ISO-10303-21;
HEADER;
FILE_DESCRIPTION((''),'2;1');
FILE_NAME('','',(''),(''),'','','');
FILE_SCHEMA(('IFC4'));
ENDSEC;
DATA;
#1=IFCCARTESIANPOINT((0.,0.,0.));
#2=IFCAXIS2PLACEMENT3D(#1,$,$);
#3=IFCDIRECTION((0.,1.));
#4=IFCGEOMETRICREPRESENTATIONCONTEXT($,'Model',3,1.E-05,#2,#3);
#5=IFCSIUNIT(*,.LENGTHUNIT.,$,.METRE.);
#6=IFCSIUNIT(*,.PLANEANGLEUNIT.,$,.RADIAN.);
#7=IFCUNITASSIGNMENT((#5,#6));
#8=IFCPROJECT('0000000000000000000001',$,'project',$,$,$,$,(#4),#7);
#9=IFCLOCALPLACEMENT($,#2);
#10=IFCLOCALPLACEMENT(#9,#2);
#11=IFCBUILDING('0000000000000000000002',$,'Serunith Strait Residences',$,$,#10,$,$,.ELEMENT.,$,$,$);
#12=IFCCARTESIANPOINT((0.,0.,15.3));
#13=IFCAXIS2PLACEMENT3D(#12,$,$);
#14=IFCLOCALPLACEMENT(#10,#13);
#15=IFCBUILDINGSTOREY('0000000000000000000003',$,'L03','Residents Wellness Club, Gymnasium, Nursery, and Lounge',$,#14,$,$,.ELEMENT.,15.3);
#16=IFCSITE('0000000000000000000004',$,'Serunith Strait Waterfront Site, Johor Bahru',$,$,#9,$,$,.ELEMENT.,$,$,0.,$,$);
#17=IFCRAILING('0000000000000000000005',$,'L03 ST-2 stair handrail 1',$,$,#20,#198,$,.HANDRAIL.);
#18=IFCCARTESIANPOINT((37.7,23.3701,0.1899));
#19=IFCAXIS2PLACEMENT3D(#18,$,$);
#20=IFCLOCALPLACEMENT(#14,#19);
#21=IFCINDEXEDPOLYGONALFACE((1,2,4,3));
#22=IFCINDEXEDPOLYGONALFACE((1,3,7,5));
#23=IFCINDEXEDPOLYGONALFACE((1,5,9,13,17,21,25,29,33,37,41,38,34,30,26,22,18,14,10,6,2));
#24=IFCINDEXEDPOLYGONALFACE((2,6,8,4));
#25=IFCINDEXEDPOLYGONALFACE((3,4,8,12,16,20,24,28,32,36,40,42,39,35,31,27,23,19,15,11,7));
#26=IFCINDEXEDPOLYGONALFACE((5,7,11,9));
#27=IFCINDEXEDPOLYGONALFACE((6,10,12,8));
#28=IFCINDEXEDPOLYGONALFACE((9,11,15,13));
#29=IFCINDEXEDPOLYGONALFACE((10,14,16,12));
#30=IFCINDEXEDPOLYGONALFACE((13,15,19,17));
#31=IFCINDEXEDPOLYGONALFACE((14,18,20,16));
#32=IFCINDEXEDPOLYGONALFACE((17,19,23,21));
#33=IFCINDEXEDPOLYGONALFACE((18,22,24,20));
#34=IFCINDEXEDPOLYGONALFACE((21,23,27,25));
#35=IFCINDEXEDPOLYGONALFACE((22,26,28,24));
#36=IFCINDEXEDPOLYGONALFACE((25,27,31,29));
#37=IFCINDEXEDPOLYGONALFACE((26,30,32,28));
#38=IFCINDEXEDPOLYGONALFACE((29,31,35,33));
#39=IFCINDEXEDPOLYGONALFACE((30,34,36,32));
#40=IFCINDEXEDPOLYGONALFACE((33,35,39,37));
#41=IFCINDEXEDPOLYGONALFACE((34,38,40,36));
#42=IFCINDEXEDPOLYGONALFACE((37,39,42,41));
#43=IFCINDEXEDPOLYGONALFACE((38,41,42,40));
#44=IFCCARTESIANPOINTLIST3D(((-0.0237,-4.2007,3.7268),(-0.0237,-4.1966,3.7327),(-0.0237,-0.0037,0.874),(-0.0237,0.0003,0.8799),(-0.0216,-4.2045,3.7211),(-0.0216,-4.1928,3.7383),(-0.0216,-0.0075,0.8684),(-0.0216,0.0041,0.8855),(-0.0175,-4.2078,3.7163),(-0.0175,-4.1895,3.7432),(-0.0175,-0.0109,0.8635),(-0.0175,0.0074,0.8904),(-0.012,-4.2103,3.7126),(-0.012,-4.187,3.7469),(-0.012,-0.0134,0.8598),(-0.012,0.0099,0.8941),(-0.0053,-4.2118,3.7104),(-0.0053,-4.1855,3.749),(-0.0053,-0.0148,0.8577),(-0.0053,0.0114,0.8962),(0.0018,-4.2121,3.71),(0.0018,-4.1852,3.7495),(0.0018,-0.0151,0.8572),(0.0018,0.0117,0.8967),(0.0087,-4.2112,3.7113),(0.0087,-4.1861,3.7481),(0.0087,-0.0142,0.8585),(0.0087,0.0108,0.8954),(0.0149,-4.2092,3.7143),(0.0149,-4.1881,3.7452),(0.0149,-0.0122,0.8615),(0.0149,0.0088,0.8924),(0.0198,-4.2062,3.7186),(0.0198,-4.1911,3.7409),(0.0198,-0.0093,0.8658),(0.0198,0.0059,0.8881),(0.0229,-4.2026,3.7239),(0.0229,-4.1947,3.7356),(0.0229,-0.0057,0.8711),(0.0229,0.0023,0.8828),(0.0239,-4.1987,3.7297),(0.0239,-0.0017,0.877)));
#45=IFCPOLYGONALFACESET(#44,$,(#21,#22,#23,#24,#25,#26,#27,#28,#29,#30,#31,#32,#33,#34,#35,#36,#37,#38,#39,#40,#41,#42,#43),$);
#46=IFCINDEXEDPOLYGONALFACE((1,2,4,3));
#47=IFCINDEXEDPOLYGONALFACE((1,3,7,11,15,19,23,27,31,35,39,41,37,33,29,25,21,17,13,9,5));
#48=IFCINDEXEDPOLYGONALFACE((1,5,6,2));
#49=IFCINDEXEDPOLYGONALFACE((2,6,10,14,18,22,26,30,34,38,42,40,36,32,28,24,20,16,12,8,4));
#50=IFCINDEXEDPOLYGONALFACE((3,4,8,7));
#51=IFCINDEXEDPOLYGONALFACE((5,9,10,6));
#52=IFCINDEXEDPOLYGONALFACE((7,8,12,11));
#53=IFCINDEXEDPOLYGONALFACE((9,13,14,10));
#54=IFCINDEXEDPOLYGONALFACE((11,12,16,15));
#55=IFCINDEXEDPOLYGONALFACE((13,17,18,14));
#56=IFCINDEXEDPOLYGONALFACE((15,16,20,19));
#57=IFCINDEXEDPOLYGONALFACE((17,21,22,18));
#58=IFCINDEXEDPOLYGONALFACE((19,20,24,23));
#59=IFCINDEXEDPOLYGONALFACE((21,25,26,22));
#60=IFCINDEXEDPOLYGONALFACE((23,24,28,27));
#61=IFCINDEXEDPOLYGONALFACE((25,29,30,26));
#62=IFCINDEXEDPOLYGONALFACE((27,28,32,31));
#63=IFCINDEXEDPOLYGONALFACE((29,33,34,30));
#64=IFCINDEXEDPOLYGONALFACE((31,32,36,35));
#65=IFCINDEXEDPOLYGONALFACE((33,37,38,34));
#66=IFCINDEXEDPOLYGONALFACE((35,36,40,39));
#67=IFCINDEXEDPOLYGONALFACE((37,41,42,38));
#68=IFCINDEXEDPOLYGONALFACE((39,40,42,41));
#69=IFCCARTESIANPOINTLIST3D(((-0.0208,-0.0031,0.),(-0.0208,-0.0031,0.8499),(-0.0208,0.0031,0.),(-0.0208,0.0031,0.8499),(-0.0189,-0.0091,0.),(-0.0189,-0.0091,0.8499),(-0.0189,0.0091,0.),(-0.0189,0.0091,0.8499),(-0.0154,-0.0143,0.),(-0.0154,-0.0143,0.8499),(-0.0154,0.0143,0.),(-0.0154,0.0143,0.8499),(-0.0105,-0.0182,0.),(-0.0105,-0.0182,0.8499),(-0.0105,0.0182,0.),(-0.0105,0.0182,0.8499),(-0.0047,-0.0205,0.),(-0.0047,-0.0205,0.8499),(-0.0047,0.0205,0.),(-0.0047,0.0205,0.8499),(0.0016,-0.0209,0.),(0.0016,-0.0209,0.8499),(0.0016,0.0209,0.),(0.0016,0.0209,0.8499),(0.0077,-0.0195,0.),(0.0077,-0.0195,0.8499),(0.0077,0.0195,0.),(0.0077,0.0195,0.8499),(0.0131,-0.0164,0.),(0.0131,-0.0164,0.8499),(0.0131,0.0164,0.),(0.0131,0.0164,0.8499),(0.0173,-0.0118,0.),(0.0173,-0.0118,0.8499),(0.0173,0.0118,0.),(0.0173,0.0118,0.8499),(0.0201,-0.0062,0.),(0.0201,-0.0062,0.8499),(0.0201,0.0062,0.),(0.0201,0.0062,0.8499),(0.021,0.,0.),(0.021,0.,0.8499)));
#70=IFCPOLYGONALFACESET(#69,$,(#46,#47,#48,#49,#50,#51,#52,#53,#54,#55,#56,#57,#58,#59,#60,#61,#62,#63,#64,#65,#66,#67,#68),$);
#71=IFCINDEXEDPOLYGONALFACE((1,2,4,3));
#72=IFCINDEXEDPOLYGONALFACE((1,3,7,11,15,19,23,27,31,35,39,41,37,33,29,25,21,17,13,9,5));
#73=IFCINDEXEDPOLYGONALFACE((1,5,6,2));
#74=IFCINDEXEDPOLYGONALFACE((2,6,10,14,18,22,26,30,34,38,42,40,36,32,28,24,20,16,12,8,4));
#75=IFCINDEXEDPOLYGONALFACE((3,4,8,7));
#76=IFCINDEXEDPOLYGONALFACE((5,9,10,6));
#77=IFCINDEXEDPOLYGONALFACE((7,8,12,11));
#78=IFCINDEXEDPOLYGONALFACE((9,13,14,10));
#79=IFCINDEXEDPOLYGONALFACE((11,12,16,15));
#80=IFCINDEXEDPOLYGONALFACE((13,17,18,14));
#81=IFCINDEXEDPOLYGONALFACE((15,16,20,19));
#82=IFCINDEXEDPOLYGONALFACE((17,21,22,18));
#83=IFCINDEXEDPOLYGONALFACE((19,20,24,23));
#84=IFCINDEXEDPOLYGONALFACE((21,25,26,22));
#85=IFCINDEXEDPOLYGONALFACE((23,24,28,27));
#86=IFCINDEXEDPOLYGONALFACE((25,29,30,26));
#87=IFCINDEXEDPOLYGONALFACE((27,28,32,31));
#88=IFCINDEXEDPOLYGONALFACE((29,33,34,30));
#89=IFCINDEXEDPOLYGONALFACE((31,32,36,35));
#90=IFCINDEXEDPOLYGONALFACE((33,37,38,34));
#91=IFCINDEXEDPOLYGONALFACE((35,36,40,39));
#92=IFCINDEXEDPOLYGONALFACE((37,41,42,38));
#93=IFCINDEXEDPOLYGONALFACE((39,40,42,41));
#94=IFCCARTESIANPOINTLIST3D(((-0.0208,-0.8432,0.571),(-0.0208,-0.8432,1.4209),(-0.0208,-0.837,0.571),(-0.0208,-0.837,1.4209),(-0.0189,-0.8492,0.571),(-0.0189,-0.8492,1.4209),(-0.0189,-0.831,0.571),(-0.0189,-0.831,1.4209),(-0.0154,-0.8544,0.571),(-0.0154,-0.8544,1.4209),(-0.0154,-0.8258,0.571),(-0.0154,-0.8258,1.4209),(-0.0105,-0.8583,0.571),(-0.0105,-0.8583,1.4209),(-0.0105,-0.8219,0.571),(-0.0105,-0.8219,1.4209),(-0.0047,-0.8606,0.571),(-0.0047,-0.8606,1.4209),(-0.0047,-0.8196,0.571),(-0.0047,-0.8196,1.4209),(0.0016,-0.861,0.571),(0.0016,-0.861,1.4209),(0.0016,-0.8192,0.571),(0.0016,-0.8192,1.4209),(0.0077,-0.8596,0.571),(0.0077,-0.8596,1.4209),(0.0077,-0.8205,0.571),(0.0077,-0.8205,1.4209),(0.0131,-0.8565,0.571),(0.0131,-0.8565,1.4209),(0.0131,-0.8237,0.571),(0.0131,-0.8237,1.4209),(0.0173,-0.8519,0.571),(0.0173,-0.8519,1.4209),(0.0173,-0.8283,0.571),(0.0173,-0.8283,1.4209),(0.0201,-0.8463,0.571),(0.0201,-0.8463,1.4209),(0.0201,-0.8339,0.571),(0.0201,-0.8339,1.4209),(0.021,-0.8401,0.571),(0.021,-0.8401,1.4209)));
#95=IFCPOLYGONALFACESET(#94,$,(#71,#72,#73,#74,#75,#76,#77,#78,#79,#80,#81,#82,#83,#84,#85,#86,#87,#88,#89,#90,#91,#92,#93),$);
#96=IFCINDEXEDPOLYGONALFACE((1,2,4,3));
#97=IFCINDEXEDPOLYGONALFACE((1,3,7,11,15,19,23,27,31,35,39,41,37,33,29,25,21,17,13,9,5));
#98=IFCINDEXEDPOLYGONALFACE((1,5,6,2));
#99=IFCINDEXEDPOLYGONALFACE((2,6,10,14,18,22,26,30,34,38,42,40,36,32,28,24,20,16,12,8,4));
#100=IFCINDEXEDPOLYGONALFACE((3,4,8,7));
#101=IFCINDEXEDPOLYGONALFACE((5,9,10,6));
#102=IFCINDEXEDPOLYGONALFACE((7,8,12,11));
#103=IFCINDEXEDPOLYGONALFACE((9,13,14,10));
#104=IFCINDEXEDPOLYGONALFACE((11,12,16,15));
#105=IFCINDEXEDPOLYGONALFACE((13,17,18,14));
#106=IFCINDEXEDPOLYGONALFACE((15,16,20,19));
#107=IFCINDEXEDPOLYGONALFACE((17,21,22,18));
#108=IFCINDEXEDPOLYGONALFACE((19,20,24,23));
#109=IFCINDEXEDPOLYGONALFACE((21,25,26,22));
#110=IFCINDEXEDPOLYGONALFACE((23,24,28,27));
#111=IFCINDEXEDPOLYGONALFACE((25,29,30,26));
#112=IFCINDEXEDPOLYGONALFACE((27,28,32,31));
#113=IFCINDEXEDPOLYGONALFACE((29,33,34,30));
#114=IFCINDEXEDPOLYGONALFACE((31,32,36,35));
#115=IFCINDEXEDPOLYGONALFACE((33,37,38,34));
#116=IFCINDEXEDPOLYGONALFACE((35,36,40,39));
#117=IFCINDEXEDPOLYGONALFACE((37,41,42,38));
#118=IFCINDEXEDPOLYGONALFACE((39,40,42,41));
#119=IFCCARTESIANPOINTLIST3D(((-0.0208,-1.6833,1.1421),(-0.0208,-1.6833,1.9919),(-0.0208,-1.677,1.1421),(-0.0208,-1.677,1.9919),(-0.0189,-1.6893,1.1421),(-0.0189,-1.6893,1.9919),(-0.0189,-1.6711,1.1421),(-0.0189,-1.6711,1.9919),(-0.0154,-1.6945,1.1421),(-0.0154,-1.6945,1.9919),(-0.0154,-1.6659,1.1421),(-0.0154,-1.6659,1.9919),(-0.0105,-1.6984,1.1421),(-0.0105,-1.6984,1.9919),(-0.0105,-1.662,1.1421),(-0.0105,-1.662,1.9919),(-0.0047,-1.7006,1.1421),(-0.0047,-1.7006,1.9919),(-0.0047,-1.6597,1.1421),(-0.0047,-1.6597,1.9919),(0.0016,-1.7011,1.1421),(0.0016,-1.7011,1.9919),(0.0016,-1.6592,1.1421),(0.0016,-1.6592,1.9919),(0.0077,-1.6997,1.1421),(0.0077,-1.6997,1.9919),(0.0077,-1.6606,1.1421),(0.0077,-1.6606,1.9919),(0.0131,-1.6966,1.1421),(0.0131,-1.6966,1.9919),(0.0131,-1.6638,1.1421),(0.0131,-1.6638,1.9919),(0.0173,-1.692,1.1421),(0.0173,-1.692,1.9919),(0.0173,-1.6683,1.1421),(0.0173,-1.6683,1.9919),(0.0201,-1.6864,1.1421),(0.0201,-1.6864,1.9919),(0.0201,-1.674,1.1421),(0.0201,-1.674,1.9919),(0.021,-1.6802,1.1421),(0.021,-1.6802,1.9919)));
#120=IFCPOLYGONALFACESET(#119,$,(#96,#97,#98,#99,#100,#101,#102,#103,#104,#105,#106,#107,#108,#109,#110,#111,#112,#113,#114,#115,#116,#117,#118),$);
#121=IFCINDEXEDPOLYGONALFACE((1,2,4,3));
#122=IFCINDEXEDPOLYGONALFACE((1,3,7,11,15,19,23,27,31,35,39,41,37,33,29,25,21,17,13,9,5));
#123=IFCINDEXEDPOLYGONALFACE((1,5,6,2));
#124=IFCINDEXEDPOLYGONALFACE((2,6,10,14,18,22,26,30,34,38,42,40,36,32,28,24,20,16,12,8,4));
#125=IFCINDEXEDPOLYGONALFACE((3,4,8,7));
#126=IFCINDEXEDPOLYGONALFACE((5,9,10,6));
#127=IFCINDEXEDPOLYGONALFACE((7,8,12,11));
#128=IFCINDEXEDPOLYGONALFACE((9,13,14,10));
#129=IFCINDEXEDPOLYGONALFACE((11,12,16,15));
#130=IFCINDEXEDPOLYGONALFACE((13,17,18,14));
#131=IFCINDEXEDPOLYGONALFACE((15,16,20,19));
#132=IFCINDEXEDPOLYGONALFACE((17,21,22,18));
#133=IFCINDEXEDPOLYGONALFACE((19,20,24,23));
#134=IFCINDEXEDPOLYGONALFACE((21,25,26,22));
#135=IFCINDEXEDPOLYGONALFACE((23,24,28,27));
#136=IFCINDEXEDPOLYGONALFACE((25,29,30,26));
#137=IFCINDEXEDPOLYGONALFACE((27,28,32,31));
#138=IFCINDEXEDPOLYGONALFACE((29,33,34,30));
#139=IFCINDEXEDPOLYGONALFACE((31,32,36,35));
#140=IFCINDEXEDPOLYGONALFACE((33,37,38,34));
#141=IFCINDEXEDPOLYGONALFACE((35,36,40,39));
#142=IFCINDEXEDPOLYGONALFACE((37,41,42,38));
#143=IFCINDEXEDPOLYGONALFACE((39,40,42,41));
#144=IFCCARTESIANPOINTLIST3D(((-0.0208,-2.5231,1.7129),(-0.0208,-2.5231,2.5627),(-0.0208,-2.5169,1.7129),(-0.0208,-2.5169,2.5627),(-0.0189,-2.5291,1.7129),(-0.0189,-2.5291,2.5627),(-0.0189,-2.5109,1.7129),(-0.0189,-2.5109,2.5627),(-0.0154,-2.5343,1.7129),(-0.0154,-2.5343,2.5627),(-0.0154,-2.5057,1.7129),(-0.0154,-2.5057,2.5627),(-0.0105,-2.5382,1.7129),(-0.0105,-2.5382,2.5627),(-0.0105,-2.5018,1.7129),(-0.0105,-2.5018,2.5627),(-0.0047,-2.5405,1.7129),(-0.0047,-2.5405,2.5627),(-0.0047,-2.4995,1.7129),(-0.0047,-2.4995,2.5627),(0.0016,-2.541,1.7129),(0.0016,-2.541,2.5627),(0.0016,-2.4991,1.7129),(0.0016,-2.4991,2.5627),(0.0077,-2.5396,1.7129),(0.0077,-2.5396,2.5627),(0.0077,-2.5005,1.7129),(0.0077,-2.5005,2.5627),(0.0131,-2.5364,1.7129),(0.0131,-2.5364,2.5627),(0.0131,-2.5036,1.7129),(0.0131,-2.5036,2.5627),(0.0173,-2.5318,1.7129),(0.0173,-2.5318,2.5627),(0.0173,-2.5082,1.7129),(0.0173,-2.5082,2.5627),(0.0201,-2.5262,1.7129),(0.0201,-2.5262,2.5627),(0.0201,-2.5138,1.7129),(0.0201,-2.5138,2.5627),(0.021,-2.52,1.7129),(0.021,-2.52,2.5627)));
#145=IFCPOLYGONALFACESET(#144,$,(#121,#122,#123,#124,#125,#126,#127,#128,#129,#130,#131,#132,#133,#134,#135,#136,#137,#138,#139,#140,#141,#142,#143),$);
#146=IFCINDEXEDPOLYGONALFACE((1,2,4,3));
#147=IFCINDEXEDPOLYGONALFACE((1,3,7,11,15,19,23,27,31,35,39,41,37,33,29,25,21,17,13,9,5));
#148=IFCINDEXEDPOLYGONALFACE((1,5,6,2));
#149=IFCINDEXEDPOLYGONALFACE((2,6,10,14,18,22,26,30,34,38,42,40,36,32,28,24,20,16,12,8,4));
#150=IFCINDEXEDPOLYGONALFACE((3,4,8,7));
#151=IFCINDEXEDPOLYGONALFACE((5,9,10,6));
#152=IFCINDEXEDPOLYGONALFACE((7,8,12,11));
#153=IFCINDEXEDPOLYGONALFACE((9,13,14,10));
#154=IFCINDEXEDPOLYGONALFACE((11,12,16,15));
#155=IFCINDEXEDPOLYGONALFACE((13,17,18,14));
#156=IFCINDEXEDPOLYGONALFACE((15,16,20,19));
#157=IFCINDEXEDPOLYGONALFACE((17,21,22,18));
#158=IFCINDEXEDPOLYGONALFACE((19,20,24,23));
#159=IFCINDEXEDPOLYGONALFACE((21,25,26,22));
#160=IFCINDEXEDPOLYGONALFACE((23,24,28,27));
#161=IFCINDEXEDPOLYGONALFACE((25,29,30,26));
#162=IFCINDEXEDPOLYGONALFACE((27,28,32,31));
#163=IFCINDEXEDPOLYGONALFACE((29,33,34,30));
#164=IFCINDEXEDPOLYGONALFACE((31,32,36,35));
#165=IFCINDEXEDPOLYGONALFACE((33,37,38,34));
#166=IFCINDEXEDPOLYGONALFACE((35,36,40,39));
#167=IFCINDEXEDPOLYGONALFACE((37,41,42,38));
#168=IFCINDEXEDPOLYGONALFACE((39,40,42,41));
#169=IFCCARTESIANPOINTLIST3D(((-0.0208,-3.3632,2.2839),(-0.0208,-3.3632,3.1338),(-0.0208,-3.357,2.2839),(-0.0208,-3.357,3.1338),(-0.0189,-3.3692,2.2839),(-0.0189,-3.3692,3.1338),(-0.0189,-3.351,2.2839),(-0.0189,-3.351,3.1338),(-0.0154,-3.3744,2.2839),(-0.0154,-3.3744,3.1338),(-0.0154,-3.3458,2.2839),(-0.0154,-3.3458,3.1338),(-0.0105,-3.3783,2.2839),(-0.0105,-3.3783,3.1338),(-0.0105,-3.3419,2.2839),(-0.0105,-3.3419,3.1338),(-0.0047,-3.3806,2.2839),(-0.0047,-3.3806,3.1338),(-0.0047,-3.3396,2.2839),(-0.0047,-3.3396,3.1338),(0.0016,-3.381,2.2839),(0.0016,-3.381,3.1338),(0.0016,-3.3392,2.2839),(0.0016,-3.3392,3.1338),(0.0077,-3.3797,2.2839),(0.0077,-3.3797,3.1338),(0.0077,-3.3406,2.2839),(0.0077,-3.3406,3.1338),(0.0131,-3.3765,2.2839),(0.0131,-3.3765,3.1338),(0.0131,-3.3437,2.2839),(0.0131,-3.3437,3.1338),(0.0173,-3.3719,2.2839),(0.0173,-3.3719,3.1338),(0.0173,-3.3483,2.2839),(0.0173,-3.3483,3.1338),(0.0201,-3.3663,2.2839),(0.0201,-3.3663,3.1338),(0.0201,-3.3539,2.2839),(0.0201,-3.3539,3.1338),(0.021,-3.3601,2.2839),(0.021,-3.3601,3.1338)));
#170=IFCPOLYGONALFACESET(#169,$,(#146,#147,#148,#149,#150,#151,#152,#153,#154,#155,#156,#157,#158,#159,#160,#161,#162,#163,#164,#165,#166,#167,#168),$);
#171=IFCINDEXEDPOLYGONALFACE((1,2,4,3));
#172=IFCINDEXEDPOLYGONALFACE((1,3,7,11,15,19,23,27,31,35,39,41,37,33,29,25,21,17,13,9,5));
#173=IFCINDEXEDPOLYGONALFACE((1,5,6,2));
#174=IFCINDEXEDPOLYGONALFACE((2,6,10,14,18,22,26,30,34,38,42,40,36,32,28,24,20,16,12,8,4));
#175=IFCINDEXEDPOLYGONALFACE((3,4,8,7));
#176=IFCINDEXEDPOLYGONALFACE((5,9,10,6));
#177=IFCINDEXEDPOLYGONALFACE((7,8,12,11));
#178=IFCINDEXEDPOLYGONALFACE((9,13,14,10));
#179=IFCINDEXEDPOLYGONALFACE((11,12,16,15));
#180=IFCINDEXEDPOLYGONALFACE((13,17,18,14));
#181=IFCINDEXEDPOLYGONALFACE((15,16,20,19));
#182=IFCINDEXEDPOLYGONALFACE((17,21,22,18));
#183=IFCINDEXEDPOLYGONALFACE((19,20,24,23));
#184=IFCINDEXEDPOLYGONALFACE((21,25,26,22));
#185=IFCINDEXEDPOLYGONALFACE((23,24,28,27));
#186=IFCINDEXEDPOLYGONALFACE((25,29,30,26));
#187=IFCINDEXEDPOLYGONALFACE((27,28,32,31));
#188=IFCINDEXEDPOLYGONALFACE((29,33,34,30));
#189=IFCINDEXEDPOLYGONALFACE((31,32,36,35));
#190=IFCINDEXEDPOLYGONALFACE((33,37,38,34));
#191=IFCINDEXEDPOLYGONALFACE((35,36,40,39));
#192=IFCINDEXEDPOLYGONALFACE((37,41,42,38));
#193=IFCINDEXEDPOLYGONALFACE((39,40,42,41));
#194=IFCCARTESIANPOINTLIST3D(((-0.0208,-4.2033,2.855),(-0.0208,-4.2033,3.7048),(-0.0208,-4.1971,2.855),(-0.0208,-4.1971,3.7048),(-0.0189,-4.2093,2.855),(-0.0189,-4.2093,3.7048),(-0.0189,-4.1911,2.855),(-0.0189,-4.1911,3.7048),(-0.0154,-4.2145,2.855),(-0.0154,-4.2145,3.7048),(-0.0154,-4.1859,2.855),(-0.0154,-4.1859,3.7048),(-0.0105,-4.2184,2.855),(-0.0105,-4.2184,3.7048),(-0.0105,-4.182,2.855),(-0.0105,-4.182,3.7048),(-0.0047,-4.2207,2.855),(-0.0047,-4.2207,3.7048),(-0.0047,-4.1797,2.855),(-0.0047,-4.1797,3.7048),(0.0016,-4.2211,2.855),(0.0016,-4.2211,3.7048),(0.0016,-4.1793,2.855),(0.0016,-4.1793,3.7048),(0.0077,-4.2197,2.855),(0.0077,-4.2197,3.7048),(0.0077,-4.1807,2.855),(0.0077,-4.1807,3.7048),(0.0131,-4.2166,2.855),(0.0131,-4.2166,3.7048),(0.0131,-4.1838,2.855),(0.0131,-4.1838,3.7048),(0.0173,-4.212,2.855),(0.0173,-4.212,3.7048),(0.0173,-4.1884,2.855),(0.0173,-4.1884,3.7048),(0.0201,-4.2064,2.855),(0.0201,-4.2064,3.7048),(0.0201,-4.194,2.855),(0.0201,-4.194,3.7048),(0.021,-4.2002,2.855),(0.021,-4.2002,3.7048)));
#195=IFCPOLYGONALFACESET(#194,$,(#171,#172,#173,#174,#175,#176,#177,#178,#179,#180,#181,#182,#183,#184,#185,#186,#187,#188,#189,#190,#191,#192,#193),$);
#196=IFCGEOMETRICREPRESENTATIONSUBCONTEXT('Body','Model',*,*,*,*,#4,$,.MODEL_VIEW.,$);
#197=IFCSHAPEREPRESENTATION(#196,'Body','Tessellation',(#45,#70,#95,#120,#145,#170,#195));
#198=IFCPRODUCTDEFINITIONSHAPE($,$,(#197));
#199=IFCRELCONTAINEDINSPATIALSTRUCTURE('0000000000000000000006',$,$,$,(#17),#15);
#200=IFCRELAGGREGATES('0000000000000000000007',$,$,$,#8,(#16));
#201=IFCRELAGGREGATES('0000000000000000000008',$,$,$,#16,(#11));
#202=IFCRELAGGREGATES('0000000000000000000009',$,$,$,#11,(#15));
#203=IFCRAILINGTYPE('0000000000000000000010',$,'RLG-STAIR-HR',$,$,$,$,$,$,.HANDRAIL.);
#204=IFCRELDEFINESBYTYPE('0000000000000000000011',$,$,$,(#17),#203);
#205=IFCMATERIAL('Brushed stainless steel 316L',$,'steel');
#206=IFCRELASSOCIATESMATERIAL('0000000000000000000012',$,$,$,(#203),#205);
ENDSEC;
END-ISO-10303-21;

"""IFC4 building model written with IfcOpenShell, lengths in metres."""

from ifc_helpers import new_model, si_unit, direction, frame, origin, origin_2d, place, context, subcontext, project, spatial, circle, extrude, material, type_object, element, save


model = new_model("IFC4")

# Units and contexts
model_context = context("Model", 3, precision=1e-05, world=origin(), true_north=direction((0.0, 1.0)))
body_context = subcontext(model_context, "Body", "Model", "MODEL_VIEW")
ifc_project = project(units=[si_unit("LENGTHUNIT", "METRE"), si_unit("PLANEANGLEUNIT", "RADIAN")], contexts=[model_context])

# Site, building, storey
site_placement = place(None, origin())
site = spatial("IfcSite", under=ifc_project, at=site_placement, Name="Serunith Strait Waterfront Site, Johor Bahru", CompositionType="ELEMENT", RefElevation=0.0)
building_placement = place(site_placement, origin())
building = spatial("IfcBuilding", under=site, at=building_placement, Name="Serunith Strait Residences", CompositionType="ELEMENT")
storey_placement = place(building_placement, frame((0.0, 0.0, 15.3)))
storey = spatial("IfcBuildingStorey", under=building, at=storey_placement, Name="L03", Description="Residents Wellness Club, Gymnasium, Nursery, and Lounge", CompositionType="ELEMENT", Elevation=15.3)

# Railing
ifc_material_1 = material(Name="Brushed stainless steel 316L", Category="steel")
railing_type_1 = type_object("IfcRailingType", Name="RLG-STAIR-HR", PredefinedType="HANDRAIL", material=ifc_material_1)
railing_1_placement = place(storey_placement, frame((37.7, 23.3701, 0.1899)))
element("IfcRailing", 1, at=railing_1_placement, inside=storey, type_object=railing_type_1, Name="L03 ST-2 stair handrail 1", PredefinedType="HANDRAIL", context=body_context, shape_type="SweptSolid", body=[
    extrude(circle(Radius=0.0239, at=origin_2d()), frame((0.0, -0.0017, 0.877), z_axis=(0.0, -0.827032, 0.562155), x_axis=(1.0, 0.0, 0.0)), (0.0, 0.0, 1.0), 5.0747),
    extrude(circle(Radius=0.021, at=origin_2d()), origin(), (0.0, 0.0, 1.0), 0.8499),
    extrude(circle(Radius=0.021, at=origin_2d()), frame((0.0, -0.8401, 0.571)), (0.0, 0.0, 1.0), 0.8499),
    extrude(circle(Radius=0.021, at=origin_2d()), frame((0.0, -1.6802, 1.1421)), (0.0, 0.0, 1.0), 0.8499),
    extrude(circle(Radius=0.021, at=origin_2d()), frame((0.0, -2.52, 1.7129)), (0.0, 0.0, 1.0), 0.8499),
    extrude(circle(Radius=0.021, at=origin_2d()), frame((0.0, -3.3601, 2.2839)), (0.0, 0.0, 1.0), 0.8499),
    extrude(circle(Radius=0.021, at=origin_2d()), frame((0.0, -4.2002, 2.855)), (0.0, 0.0, 1.0), 0.8499),
])

save(model, "model.ifc")
